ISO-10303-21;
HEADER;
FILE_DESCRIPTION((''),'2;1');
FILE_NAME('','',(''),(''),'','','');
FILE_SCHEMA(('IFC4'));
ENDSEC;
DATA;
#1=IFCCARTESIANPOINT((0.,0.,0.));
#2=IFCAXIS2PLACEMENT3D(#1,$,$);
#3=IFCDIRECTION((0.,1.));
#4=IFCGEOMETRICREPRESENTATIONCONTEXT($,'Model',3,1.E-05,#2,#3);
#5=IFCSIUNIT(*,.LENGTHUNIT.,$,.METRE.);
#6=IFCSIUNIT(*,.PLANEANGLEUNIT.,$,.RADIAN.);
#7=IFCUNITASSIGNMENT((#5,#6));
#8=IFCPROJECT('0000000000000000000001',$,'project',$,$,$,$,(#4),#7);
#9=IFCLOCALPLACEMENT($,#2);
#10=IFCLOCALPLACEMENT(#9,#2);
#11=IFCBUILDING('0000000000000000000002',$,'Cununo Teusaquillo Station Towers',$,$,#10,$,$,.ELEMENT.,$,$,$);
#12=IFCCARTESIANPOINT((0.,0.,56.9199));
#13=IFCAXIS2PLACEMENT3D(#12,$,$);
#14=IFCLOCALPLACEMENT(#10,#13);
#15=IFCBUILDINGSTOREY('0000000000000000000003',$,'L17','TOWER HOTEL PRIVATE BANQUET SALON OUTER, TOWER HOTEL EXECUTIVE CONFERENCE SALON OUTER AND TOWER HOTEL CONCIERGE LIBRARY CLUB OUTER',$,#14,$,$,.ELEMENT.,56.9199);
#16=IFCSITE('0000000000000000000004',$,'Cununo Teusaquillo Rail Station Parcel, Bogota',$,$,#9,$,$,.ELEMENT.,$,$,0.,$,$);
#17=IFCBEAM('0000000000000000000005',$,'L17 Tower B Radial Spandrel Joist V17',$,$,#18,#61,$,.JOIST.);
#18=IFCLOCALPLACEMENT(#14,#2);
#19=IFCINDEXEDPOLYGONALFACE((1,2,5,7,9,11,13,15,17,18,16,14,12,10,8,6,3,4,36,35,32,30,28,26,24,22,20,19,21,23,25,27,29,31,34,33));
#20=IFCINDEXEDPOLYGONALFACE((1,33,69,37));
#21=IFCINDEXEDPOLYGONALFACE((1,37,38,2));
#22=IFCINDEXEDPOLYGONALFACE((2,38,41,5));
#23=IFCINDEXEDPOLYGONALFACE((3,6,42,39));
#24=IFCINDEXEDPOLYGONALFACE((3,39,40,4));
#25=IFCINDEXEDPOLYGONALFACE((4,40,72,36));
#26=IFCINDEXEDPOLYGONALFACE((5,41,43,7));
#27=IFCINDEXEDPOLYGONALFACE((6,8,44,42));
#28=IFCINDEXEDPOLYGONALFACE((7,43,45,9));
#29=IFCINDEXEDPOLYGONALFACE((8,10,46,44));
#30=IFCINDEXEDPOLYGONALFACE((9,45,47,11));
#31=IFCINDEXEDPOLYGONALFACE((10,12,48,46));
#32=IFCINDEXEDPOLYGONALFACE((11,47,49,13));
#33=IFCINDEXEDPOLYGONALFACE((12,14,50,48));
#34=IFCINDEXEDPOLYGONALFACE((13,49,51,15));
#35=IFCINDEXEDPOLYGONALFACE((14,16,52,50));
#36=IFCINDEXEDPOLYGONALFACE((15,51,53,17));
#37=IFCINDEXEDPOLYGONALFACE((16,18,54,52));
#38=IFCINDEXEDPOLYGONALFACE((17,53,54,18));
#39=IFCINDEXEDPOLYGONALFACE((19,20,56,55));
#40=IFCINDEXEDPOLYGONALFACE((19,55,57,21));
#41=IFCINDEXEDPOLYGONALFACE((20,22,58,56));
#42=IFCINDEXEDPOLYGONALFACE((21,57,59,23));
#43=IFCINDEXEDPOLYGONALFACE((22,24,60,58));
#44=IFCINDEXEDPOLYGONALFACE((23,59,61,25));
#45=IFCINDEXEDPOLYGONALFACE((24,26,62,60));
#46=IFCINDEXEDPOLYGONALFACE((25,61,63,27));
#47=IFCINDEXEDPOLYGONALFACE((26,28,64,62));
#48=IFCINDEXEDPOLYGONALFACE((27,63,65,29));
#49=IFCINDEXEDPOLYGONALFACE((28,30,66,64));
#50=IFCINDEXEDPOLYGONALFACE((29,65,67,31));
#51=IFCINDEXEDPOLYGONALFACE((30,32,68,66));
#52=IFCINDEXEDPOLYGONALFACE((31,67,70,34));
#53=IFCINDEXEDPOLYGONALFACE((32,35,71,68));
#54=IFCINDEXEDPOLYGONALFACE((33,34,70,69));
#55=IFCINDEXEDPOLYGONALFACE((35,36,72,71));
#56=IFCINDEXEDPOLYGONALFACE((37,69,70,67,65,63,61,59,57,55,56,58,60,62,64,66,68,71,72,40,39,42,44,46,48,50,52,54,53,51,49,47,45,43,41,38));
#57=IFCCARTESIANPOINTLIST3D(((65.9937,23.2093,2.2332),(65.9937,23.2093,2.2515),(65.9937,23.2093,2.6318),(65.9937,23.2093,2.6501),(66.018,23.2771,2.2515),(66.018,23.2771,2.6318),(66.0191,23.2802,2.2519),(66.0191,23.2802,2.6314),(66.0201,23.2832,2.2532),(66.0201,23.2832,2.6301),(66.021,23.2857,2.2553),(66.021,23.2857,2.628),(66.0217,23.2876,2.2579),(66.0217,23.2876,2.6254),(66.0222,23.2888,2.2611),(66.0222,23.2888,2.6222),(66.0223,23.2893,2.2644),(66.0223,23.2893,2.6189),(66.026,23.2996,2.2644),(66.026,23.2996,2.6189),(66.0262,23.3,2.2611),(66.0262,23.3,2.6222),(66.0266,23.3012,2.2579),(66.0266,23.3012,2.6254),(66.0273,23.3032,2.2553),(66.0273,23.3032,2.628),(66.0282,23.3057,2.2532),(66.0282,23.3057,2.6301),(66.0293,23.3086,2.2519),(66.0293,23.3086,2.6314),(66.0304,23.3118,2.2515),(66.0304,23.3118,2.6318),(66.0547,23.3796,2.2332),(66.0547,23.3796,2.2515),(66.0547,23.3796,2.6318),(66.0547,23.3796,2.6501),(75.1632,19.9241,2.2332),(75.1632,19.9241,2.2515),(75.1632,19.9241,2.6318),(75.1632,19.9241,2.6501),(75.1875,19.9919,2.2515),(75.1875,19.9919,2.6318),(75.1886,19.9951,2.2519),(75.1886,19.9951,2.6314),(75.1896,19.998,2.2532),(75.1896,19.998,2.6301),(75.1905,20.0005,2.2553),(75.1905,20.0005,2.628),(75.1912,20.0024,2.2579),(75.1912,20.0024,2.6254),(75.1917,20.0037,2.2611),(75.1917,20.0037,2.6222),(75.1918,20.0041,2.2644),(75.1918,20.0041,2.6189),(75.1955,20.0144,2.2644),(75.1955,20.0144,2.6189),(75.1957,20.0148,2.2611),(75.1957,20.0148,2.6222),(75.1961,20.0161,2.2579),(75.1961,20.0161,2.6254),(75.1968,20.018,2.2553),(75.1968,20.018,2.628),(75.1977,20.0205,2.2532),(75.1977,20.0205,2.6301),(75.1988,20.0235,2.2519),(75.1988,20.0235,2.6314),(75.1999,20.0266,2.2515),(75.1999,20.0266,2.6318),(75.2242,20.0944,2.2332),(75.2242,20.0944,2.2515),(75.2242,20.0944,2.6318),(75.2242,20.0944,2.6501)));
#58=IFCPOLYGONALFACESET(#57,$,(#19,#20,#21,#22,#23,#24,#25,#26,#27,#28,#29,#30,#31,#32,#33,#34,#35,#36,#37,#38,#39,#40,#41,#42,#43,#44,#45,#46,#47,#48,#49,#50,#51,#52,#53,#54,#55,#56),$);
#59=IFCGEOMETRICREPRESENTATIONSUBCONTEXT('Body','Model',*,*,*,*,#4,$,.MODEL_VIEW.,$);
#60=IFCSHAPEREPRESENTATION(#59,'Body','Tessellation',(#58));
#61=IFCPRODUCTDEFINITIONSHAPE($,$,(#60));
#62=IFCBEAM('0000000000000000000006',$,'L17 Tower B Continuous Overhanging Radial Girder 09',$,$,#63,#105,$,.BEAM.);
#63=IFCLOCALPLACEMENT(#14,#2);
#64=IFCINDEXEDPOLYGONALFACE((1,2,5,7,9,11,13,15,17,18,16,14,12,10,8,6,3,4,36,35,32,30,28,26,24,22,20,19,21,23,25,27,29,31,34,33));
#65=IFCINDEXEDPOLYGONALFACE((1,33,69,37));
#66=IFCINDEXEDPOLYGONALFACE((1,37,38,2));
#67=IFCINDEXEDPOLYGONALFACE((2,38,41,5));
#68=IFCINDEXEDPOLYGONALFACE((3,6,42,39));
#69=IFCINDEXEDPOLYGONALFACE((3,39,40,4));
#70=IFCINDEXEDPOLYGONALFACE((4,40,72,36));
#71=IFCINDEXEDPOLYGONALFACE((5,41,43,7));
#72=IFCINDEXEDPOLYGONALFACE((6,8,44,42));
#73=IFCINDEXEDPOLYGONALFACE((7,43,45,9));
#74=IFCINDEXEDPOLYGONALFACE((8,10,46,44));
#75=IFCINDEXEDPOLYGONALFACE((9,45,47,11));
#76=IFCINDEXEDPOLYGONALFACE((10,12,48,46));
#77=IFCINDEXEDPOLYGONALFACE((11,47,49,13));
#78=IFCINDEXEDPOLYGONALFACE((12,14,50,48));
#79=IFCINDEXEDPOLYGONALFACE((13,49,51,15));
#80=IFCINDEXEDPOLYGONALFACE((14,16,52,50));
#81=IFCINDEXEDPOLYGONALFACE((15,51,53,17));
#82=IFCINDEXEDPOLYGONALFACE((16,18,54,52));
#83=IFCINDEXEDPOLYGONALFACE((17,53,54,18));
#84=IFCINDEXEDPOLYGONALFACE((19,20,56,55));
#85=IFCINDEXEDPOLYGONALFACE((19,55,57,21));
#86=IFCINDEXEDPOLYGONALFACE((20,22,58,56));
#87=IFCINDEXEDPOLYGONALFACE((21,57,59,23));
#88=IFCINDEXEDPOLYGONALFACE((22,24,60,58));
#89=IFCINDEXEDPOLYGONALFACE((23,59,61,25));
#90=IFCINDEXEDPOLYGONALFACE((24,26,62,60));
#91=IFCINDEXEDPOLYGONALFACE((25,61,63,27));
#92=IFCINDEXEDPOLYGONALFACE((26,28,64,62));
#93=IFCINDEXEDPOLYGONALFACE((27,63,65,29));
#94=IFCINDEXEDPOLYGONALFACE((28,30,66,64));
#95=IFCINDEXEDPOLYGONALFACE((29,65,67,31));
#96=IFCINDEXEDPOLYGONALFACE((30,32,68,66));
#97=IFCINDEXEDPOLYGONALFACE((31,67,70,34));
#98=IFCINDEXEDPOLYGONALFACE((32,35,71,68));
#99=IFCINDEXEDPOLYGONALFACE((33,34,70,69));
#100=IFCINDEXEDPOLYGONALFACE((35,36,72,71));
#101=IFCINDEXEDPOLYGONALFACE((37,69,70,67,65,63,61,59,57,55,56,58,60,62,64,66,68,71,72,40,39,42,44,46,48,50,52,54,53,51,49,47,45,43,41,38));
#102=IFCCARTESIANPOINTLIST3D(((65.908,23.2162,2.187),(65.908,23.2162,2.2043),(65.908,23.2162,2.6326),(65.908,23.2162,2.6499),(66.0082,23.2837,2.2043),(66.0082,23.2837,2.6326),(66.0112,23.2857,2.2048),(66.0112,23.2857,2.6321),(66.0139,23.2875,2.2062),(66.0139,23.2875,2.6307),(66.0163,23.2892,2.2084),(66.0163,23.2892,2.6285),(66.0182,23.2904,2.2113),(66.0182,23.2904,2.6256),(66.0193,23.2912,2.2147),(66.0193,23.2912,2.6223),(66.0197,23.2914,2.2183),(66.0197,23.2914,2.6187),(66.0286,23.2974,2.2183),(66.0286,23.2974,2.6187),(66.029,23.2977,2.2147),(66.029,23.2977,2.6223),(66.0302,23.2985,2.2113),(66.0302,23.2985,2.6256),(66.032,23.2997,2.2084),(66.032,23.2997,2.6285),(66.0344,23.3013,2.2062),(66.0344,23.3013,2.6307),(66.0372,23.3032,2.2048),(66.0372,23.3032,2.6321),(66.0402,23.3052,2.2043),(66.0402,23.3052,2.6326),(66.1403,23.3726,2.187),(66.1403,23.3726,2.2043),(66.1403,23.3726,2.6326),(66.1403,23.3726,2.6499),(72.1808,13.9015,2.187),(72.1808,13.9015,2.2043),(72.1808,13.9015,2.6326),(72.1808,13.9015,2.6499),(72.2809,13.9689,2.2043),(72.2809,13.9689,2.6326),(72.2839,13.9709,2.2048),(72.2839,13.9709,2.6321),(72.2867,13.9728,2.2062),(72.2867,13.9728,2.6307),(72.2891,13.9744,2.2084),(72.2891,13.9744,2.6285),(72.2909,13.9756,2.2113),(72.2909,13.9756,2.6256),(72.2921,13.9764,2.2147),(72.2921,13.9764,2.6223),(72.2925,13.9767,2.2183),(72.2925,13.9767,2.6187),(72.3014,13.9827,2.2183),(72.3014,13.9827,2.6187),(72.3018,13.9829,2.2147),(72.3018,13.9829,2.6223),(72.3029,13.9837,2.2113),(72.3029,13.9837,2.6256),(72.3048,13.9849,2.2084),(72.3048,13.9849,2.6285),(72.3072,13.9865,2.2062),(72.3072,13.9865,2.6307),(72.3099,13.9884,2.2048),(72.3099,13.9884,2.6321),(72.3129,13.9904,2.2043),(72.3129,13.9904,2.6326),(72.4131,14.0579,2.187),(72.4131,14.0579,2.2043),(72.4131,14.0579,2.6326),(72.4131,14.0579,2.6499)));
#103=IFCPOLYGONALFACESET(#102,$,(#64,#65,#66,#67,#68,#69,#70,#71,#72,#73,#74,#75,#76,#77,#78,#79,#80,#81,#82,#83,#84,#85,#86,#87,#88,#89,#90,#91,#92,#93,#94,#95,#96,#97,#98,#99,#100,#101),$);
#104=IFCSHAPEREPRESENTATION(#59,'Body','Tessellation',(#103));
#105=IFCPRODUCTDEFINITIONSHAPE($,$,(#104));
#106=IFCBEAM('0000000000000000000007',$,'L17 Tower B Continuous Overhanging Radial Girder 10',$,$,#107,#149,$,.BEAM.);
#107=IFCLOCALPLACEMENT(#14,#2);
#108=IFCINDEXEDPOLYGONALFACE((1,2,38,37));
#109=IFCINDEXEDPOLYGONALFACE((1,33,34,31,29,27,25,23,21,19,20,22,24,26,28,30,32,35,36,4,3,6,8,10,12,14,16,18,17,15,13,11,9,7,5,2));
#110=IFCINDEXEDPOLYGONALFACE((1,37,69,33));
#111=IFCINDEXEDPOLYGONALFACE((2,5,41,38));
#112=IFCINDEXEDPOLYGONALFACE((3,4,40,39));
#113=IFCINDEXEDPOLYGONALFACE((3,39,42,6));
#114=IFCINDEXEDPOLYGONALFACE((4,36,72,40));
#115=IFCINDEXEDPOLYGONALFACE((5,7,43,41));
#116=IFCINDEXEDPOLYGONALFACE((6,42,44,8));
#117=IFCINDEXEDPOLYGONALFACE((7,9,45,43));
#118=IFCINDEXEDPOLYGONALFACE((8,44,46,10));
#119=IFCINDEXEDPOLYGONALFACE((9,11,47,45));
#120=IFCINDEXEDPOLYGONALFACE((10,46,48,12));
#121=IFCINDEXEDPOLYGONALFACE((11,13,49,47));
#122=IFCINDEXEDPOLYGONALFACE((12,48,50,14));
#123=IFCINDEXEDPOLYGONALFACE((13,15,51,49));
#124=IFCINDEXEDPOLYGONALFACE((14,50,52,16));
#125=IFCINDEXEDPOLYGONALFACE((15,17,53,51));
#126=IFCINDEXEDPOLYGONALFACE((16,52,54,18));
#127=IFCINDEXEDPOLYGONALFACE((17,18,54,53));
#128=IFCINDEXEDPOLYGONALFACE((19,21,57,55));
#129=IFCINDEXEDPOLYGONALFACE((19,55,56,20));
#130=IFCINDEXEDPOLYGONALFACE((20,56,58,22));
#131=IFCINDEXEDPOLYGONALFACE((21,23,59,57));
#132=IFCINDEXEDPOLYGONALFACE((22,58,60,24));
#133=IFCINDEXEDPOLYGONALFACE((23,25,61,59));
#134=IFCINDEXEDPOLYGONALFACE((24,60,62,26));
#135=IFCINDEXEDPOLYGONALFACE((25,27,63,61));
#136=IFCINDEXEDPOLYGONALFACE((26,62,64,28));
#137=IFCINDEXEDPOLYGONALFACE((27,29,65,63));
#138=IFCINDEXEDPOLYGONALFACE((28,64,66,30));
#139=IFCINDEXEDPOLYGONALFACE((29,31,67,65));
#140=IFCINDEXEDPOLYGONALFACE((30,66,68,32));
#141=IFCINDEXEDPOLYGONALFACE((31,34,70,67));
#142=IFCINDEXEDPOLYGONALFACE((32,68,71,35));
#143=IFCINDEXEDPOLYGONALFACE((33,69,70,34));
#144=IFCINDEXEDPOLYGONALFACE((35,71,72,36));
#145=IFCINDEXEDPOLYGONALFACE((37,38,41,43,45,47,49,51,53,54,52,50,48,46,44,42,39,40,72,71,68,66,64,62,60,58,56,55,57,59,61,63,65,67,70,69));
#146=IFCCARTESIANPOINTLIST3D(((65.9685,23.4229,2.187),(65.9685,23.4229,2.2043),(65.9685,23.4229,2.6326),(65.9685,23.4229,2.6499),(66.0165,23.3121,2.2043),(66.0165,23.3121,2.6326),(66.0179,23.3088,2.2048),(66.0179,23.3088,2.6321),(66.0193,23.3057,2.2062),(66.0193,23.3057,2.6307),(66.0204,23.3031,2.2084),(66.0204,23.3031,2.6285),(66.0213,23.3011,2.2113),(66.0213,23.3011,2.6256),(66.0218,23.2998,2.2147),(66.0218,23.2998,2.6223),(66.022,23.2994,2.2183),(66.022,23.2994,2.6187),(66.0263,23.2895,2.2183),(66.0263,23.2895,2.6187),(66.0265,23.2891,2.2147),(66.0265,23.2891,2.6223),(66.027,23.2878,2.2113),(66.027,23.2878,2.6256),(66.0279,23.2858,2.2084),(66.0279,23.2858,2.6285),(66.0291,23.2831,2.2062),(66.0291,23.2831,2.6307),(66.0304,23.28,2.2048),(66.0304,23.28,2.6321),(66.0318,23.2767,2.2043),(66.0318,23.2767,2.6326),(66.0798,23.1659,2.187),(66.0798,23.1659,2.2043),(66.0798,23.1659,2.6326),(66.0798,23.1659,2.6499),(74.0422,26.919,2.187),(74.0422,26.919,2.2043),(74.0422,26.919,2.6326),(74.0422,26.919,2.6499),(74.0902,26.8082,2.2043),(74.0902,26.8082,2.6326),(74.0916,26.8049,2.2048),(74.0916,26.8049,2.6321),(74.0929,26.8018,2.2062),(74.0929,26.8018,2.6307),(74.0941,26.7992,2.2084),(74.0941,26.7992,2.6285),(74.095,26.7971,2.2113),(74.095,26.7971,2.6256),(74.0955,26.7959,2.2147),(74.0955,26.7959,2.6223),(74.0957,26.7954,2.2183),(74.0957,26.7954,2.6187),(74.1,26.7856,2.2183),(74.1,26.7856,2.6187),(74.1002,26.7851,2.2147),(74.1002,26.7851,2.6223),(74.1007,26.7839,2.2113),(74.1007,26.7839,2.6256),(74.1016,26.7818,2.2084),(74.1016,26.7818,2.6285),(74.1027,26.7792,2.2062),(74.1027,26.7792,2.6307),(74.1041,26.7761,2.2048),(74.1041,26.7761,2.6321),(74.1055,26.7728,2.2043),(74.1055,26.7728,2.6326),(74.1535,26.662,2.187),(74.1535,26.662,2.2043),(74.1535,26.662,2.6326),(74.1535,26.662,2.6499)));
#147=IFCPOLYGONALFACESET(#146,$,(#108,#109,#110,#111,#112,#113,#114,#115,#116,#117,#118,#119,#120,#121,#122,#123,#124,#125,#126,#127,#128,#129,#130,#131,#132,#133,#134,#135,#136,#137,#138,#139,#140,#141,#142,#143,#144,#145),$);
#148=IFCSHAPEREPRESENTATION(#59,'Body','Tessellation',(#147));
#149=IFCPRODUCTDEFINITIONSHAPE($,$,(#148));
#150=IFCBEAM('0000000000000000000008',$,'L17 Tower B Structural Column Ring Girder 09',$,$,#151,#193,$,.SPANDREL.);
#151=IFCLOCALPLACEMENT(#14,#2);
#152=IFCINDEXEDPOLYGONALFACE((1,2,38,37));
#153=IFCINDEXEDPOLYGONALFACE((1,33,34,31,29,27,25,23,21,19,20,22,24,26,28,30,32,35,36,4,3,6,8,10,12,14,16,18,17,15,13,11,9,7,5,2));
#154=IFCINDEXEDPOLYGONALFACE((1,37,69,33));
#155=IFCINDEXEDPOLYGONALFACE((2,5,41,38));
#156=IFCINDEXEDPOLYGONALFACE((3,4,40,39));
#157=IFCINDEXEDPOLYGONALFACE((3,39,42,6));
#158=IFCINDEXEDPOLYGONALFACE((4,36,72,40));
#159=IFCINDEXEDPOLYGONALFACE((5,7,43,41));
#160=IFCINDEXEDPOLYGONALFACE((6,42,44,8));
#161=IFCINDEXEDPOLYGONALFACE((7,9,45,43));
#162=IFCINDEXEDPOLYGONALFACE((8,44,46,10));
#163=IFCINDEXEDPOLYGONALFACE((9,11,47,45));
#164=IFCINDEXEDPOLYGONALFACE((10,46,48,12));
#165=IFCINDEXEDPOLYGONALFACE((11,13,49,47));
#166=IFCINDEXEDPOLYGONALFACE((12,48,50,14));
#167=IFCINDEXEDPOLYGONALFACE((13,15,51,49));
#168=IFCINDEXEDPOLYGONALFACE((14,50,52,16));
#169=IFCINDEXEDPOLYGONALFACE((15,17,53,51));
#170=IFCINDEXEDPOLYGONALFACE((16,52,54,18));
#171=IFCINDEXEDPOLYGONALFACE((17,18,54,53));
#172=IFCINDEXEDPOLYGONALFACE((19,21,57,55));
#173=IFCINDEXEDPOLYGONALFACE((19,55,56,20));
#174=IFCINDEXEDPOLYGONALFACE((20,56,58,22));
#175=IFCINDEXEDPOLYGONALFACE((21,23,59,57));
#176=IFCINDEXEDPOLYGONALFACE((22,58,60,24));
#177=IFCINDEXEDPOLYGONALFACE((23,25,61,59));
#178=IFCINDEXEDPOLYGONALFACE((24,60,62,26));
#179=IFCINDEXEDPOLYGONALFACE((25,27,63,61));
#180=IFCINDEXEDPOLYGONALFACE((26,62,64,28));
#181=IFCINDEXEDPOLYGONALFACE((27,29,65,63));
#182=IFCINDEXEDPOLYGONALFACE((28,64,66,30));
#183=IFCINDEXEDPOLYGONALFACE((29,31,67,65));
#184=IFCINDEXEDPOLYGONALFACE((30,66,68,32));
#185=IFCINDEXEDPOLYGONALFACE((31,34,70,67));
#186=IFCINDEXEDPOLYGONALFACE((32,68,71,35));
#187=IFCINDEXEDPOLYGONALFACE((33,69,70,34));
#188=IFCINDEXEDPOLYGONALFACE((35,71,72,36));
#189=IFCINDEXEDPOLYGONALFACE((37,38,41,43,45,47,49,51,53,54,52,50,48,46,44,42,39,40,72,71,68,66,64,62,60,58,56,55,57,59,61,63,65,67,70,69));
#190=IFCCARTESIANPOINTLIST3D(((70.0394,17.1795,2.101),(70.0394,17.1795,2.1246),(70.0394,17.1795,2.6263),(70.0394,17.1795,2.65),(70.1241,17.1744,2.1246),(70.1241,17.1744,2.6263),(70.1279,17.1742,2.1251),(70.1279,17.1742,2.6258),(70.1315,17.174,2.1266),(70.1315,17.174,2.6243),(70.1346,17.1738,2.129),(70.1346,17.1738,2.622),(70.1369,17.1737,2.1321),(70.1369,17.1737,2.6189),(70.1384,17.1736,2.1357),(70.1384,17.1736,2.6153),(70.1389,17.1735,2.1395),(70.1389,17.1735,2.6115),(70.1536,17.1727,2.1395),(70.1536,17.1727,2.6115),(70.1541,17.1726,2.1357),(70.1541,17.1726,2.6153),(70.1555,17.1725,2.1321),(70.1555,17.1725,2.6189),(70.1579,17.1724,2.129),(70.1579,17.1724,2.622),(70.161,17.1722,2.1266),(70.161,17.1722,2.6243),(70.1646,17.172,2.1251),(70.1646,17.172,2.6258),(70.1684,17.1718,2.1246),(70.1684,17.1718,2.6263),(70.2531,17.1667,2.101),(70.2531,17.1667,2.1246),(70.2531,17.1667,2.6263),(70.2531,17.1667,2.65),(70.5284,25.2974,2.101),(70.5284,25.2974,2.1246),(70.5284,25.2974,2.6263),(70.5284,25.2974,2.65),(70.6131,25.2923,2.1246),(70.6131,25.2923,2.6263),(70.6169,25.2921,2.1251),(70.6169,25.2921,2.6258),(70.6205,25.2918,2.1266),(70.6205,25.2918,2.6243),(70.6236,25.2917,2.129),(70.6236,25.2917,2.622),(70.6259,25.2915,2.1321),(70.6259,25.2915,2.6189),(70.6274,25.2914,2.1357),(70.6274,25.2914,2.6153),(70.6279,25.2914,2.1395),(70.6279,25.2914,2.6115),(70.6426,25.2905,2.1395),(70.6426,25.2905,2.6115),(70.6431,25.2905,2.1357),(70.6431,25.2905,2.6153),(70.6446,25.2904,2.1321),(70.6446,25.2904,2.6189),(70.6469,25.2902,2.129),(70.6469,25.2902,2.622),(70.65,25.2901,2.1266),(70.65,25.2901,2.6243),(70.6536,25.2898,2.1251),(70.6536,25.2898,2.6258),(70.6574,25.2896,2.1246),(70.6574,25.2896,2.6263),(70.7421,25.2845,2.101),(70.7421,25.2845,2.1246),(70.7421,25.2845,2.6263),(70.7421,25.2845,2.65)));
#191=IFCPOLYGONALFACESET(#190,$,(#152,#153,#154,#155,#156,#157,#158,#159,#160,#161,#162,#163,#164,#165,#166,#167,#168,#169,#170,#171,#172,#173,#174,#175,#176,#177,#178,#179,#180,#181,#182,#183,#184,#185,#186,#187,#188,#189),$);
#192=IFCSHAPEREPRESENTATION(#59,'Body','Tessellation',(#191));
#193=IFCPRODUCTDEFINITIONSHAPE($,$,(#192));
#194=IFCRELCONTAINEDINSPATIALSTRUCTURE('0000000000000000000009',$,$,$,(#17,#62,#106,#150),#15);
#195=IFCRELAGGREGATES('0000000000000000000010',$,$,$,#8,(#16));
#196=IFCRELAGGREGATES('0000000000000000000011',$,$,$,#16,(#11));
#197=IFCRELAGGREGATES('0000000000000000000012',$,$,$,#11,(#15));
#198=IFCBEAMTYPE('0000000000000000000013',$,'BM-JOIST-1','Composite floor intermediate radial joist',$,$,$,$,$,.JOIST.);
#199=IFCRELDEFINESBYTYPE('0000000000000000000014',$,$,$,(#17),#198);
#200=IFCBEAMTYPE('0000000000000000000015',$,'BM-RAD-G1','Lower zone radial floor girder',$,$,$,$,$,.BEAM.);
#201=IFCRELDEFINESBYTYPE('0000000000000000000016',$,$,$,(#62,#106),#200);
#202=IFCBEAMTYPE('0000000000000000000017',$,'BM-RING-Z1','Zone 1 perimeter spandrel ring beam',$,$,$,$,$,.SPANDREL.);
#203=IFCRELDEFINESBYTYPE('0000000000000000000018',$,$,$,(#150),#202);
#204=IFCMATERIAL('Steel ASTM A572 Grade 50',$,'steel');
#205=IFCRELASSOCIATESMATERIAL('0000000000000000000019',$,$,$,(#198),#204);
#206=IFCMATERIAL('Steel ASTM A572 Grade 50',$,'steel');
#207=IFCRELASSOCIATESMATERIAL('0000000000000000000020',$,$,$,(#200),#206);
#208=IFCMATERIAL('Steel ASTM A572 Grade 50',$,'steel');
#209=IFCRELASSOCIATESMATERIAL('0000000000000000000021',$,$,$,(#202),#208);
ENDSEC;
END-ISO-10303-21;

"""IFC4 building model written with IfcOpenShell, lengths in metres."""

from ifc_helpers import new_model, si_unit, direction, frame, origin, origin_2d, place, context, subcontext, project, spatial, i_section, extrude, material, material_profile, profile_set, type_object, element, save


model = new_model("IFC4")

# Units and contexts
model_context = context("Model", 3, precision=1e-05, world=origin(), true_north=direction((0.0, 1.0)))
body_context = subcontext(model_context, "Body", "Model", "MODEL_VIEW")
ifc_project = project(units=[si_unit("LENGTHUNIT", "METRE"), si_unit("PLANEANGLEUNIT", "RADIAN")], contexts=[model_context])

# Site, building, storey
site_placement = place(None, origin())
site = spatial("IfcSite", under=ifc_project, at=site_placement, Name="Cununo Teusaquillo Rail Station Parcel, Bogota", CompositionType="ELEMENT", RefElevation=0.0)
building_placement = place(site_placement, origin())
building = spatial("IfcBuilding", under=site, at=building_placement, Name="Cununo Teusaquillo Station Towers", CompositionType="ELEMENT")
storey_placement = place(building_placement, frame((0.0, 0.0, 56.9199)))
storey = spatial("IfcBuildingStorey", under=building, at=storey_placement, Name="L17", Description="TOWER HOTEL PRIVATE BANQUET SALON OUTER, TOWER HOTEL EXECUTIVE CONFERENCE SALON OUTER AND TOWER HOTEL CONCIERGE LIBRARY CLUB OUTER", CompositionType="ELEMENT", Elevation=56.9199)

# Beams
ifc_material_1 = material(Name="Steel ASTM A572 Grade 50", Category="steel")
ifc_material_profile_1 = material_profile(ifc_material_1, i_section(OverallWidth=0.1809, OverallDepth=0.417, WebThickness=0.011, FlangeThickness=0.0183, FilletRadius=0.0129, at=origin_2d()), Name="W16X57")
ifc_profile_set_1 = profile_set([ifc_material_profile_1], Name="Steel ASTM A572 Grade 50")
beam_type_1 = type_object("IfcBeamType", Name="BM-JOIST-1", Description="Composite floor intermediate radial joist", PredefinedType="JOIST", material=ifc_profile_set_1)
beam_1_placement = place(storey_placement, frame((66.0242, 23.2944, 2.4417), z_axis=(0.941405, -0.337279, 0.0), x_axis=(0.337279, 0.941405, 0.0)))
element("IfcBeam", 1, at=beam_1_placement, inside=storey, type_object=beam_type_1, Name="L17 Tower B Radial Spandrel Joist V17", PredefinedType="JOIST", context=body_context, shape_type="SweptSolid", body=[
    extrude(i_section(OverallWidth=0.1809, OverallDepth=0.417, WebThickness=0.011, FlangeThickness=0.0183, FilletRadius=0.0129, at=origin_2d()), origin(), (0.0, 0.0, 1.0), 9.7402),
])
ifc_material_2 = material(Name="Steel ASTM A572 Grade 50", Category="steel")
ifc_material_profile_2 = material_profile(ifc_material_2, i_section(OverallWidth=0.28, OverallDepth=0.4629, WebThickness=0.0107, FlangeThickness=0.0173, FilletRadius=0.0139, at=origin_2d()), Name="W18X76")
ifc_profile_set_2 = profile_set([ifc_material_profile_2], Name="Steel ASTM A572 Grade 50")
beam_type_2 = type_object("IfcBeamType", Name="BM-RAD-G1", Description="Lower zone radial floor girder", PredefinedType="BEAM", material=ifc_profile_set_2)
beam_2_placement = place(storey_placement, frame((66.0242, 23.2944, 2.4185), z_axis=(0.558572, -0.829456, 0.0), x_axis=(0.829456, 0.558572, 0.0)))
element("IfcBeam", 2, at=beam_2_placement, inside=storey, type_object=beam_type_2, Name="L17 Tower B Continuous Overhanging Radial Girder 09", PredefinedType="BEAM", context=body_context, shape_type="SweptSolid", body=[
    extrude(i_section(OverallWidth=0.28, OverallDepth=0.4629, WebThickness=0.0107, FlangeThickness=0.0173, FilletRadius=0.0139, at=origin_2d()), origin(), (0.0, 0.0, 1.0), 11.23),
])
beam_3_placement = place(storey_placement, frame((66.0242, 23.2944, 2.4185), z_axis=(0.91766, 0.397366, 0.0), x_axis=(-0.397366, 0.91766, 0.0)))
element("IfcBeam", 3, at=beam_3_placement, inside=storey, type_object=beam_type_2, Name="L17 Tower B Continuous Overhanging Radial Girder 10", PredefinedType="BEAM", context=body_context, shape_type="SweptSolid", body=[
    extrude(i_section(OverallWidth=0.28, OverallDepth=0.4629, WebThickness=0.0107, FlangeThickness=0.0173, FilletRadius=0.0139, at=origin_2d()), origin(), (0.0, 0.0, 1.0), 8.7981),
])
ifc_material_3 = material(Name="Steel ASTM A572 Grade 50", Category="steel")
ifc_material_profile_3 = material_profile(ifc_material_3, i_section(OverallWidth=0.2141, OverallDepth=0.5491, WebThickness=0.0146, FlangeThickness=0.0237, FilletRadius=0.0149, at=origin_2d()), Name="W21X93")
ifc_profile_set_3 = profile_set([ifc_material_profile_3], Name="Steel ASTM A572 Grade 50")
beam_type_3 = type_object("IfcBeamType", Name="BM-RING-Z1", Description="Zone 1 perimeter spandrel ring beam", PredefinedType="SPANDREL", material=ifc_profile_set_3)
beam_4_placement = place(storey_placement, frame((70.1462, 17.1731, 2.3755), z_axis=(0.06013, 0.998191, 0.0), x_axis=(-0.998191, 0.06013, 0.0)))
element("IfcBeam", 4, at=beam_4_placement, inside=storey, type_object=beam_type_3, Name="L17 Tower B Structural Column Ring Girder 09", PredefinedType="SPANDREL", context=body_context, shape_type="SweptSolid", body=[
    extrude(i_section(OverallWidth=0.2141, OverallDepth=0.5491, WebThickness=0.0146, FlangeThickness=0.0237, FilletRadius=0.0149, at=origin_2d()), origin(), (0.0, 0.0, 1.0), 8.1326),
])

save(model, "model.ifc")
